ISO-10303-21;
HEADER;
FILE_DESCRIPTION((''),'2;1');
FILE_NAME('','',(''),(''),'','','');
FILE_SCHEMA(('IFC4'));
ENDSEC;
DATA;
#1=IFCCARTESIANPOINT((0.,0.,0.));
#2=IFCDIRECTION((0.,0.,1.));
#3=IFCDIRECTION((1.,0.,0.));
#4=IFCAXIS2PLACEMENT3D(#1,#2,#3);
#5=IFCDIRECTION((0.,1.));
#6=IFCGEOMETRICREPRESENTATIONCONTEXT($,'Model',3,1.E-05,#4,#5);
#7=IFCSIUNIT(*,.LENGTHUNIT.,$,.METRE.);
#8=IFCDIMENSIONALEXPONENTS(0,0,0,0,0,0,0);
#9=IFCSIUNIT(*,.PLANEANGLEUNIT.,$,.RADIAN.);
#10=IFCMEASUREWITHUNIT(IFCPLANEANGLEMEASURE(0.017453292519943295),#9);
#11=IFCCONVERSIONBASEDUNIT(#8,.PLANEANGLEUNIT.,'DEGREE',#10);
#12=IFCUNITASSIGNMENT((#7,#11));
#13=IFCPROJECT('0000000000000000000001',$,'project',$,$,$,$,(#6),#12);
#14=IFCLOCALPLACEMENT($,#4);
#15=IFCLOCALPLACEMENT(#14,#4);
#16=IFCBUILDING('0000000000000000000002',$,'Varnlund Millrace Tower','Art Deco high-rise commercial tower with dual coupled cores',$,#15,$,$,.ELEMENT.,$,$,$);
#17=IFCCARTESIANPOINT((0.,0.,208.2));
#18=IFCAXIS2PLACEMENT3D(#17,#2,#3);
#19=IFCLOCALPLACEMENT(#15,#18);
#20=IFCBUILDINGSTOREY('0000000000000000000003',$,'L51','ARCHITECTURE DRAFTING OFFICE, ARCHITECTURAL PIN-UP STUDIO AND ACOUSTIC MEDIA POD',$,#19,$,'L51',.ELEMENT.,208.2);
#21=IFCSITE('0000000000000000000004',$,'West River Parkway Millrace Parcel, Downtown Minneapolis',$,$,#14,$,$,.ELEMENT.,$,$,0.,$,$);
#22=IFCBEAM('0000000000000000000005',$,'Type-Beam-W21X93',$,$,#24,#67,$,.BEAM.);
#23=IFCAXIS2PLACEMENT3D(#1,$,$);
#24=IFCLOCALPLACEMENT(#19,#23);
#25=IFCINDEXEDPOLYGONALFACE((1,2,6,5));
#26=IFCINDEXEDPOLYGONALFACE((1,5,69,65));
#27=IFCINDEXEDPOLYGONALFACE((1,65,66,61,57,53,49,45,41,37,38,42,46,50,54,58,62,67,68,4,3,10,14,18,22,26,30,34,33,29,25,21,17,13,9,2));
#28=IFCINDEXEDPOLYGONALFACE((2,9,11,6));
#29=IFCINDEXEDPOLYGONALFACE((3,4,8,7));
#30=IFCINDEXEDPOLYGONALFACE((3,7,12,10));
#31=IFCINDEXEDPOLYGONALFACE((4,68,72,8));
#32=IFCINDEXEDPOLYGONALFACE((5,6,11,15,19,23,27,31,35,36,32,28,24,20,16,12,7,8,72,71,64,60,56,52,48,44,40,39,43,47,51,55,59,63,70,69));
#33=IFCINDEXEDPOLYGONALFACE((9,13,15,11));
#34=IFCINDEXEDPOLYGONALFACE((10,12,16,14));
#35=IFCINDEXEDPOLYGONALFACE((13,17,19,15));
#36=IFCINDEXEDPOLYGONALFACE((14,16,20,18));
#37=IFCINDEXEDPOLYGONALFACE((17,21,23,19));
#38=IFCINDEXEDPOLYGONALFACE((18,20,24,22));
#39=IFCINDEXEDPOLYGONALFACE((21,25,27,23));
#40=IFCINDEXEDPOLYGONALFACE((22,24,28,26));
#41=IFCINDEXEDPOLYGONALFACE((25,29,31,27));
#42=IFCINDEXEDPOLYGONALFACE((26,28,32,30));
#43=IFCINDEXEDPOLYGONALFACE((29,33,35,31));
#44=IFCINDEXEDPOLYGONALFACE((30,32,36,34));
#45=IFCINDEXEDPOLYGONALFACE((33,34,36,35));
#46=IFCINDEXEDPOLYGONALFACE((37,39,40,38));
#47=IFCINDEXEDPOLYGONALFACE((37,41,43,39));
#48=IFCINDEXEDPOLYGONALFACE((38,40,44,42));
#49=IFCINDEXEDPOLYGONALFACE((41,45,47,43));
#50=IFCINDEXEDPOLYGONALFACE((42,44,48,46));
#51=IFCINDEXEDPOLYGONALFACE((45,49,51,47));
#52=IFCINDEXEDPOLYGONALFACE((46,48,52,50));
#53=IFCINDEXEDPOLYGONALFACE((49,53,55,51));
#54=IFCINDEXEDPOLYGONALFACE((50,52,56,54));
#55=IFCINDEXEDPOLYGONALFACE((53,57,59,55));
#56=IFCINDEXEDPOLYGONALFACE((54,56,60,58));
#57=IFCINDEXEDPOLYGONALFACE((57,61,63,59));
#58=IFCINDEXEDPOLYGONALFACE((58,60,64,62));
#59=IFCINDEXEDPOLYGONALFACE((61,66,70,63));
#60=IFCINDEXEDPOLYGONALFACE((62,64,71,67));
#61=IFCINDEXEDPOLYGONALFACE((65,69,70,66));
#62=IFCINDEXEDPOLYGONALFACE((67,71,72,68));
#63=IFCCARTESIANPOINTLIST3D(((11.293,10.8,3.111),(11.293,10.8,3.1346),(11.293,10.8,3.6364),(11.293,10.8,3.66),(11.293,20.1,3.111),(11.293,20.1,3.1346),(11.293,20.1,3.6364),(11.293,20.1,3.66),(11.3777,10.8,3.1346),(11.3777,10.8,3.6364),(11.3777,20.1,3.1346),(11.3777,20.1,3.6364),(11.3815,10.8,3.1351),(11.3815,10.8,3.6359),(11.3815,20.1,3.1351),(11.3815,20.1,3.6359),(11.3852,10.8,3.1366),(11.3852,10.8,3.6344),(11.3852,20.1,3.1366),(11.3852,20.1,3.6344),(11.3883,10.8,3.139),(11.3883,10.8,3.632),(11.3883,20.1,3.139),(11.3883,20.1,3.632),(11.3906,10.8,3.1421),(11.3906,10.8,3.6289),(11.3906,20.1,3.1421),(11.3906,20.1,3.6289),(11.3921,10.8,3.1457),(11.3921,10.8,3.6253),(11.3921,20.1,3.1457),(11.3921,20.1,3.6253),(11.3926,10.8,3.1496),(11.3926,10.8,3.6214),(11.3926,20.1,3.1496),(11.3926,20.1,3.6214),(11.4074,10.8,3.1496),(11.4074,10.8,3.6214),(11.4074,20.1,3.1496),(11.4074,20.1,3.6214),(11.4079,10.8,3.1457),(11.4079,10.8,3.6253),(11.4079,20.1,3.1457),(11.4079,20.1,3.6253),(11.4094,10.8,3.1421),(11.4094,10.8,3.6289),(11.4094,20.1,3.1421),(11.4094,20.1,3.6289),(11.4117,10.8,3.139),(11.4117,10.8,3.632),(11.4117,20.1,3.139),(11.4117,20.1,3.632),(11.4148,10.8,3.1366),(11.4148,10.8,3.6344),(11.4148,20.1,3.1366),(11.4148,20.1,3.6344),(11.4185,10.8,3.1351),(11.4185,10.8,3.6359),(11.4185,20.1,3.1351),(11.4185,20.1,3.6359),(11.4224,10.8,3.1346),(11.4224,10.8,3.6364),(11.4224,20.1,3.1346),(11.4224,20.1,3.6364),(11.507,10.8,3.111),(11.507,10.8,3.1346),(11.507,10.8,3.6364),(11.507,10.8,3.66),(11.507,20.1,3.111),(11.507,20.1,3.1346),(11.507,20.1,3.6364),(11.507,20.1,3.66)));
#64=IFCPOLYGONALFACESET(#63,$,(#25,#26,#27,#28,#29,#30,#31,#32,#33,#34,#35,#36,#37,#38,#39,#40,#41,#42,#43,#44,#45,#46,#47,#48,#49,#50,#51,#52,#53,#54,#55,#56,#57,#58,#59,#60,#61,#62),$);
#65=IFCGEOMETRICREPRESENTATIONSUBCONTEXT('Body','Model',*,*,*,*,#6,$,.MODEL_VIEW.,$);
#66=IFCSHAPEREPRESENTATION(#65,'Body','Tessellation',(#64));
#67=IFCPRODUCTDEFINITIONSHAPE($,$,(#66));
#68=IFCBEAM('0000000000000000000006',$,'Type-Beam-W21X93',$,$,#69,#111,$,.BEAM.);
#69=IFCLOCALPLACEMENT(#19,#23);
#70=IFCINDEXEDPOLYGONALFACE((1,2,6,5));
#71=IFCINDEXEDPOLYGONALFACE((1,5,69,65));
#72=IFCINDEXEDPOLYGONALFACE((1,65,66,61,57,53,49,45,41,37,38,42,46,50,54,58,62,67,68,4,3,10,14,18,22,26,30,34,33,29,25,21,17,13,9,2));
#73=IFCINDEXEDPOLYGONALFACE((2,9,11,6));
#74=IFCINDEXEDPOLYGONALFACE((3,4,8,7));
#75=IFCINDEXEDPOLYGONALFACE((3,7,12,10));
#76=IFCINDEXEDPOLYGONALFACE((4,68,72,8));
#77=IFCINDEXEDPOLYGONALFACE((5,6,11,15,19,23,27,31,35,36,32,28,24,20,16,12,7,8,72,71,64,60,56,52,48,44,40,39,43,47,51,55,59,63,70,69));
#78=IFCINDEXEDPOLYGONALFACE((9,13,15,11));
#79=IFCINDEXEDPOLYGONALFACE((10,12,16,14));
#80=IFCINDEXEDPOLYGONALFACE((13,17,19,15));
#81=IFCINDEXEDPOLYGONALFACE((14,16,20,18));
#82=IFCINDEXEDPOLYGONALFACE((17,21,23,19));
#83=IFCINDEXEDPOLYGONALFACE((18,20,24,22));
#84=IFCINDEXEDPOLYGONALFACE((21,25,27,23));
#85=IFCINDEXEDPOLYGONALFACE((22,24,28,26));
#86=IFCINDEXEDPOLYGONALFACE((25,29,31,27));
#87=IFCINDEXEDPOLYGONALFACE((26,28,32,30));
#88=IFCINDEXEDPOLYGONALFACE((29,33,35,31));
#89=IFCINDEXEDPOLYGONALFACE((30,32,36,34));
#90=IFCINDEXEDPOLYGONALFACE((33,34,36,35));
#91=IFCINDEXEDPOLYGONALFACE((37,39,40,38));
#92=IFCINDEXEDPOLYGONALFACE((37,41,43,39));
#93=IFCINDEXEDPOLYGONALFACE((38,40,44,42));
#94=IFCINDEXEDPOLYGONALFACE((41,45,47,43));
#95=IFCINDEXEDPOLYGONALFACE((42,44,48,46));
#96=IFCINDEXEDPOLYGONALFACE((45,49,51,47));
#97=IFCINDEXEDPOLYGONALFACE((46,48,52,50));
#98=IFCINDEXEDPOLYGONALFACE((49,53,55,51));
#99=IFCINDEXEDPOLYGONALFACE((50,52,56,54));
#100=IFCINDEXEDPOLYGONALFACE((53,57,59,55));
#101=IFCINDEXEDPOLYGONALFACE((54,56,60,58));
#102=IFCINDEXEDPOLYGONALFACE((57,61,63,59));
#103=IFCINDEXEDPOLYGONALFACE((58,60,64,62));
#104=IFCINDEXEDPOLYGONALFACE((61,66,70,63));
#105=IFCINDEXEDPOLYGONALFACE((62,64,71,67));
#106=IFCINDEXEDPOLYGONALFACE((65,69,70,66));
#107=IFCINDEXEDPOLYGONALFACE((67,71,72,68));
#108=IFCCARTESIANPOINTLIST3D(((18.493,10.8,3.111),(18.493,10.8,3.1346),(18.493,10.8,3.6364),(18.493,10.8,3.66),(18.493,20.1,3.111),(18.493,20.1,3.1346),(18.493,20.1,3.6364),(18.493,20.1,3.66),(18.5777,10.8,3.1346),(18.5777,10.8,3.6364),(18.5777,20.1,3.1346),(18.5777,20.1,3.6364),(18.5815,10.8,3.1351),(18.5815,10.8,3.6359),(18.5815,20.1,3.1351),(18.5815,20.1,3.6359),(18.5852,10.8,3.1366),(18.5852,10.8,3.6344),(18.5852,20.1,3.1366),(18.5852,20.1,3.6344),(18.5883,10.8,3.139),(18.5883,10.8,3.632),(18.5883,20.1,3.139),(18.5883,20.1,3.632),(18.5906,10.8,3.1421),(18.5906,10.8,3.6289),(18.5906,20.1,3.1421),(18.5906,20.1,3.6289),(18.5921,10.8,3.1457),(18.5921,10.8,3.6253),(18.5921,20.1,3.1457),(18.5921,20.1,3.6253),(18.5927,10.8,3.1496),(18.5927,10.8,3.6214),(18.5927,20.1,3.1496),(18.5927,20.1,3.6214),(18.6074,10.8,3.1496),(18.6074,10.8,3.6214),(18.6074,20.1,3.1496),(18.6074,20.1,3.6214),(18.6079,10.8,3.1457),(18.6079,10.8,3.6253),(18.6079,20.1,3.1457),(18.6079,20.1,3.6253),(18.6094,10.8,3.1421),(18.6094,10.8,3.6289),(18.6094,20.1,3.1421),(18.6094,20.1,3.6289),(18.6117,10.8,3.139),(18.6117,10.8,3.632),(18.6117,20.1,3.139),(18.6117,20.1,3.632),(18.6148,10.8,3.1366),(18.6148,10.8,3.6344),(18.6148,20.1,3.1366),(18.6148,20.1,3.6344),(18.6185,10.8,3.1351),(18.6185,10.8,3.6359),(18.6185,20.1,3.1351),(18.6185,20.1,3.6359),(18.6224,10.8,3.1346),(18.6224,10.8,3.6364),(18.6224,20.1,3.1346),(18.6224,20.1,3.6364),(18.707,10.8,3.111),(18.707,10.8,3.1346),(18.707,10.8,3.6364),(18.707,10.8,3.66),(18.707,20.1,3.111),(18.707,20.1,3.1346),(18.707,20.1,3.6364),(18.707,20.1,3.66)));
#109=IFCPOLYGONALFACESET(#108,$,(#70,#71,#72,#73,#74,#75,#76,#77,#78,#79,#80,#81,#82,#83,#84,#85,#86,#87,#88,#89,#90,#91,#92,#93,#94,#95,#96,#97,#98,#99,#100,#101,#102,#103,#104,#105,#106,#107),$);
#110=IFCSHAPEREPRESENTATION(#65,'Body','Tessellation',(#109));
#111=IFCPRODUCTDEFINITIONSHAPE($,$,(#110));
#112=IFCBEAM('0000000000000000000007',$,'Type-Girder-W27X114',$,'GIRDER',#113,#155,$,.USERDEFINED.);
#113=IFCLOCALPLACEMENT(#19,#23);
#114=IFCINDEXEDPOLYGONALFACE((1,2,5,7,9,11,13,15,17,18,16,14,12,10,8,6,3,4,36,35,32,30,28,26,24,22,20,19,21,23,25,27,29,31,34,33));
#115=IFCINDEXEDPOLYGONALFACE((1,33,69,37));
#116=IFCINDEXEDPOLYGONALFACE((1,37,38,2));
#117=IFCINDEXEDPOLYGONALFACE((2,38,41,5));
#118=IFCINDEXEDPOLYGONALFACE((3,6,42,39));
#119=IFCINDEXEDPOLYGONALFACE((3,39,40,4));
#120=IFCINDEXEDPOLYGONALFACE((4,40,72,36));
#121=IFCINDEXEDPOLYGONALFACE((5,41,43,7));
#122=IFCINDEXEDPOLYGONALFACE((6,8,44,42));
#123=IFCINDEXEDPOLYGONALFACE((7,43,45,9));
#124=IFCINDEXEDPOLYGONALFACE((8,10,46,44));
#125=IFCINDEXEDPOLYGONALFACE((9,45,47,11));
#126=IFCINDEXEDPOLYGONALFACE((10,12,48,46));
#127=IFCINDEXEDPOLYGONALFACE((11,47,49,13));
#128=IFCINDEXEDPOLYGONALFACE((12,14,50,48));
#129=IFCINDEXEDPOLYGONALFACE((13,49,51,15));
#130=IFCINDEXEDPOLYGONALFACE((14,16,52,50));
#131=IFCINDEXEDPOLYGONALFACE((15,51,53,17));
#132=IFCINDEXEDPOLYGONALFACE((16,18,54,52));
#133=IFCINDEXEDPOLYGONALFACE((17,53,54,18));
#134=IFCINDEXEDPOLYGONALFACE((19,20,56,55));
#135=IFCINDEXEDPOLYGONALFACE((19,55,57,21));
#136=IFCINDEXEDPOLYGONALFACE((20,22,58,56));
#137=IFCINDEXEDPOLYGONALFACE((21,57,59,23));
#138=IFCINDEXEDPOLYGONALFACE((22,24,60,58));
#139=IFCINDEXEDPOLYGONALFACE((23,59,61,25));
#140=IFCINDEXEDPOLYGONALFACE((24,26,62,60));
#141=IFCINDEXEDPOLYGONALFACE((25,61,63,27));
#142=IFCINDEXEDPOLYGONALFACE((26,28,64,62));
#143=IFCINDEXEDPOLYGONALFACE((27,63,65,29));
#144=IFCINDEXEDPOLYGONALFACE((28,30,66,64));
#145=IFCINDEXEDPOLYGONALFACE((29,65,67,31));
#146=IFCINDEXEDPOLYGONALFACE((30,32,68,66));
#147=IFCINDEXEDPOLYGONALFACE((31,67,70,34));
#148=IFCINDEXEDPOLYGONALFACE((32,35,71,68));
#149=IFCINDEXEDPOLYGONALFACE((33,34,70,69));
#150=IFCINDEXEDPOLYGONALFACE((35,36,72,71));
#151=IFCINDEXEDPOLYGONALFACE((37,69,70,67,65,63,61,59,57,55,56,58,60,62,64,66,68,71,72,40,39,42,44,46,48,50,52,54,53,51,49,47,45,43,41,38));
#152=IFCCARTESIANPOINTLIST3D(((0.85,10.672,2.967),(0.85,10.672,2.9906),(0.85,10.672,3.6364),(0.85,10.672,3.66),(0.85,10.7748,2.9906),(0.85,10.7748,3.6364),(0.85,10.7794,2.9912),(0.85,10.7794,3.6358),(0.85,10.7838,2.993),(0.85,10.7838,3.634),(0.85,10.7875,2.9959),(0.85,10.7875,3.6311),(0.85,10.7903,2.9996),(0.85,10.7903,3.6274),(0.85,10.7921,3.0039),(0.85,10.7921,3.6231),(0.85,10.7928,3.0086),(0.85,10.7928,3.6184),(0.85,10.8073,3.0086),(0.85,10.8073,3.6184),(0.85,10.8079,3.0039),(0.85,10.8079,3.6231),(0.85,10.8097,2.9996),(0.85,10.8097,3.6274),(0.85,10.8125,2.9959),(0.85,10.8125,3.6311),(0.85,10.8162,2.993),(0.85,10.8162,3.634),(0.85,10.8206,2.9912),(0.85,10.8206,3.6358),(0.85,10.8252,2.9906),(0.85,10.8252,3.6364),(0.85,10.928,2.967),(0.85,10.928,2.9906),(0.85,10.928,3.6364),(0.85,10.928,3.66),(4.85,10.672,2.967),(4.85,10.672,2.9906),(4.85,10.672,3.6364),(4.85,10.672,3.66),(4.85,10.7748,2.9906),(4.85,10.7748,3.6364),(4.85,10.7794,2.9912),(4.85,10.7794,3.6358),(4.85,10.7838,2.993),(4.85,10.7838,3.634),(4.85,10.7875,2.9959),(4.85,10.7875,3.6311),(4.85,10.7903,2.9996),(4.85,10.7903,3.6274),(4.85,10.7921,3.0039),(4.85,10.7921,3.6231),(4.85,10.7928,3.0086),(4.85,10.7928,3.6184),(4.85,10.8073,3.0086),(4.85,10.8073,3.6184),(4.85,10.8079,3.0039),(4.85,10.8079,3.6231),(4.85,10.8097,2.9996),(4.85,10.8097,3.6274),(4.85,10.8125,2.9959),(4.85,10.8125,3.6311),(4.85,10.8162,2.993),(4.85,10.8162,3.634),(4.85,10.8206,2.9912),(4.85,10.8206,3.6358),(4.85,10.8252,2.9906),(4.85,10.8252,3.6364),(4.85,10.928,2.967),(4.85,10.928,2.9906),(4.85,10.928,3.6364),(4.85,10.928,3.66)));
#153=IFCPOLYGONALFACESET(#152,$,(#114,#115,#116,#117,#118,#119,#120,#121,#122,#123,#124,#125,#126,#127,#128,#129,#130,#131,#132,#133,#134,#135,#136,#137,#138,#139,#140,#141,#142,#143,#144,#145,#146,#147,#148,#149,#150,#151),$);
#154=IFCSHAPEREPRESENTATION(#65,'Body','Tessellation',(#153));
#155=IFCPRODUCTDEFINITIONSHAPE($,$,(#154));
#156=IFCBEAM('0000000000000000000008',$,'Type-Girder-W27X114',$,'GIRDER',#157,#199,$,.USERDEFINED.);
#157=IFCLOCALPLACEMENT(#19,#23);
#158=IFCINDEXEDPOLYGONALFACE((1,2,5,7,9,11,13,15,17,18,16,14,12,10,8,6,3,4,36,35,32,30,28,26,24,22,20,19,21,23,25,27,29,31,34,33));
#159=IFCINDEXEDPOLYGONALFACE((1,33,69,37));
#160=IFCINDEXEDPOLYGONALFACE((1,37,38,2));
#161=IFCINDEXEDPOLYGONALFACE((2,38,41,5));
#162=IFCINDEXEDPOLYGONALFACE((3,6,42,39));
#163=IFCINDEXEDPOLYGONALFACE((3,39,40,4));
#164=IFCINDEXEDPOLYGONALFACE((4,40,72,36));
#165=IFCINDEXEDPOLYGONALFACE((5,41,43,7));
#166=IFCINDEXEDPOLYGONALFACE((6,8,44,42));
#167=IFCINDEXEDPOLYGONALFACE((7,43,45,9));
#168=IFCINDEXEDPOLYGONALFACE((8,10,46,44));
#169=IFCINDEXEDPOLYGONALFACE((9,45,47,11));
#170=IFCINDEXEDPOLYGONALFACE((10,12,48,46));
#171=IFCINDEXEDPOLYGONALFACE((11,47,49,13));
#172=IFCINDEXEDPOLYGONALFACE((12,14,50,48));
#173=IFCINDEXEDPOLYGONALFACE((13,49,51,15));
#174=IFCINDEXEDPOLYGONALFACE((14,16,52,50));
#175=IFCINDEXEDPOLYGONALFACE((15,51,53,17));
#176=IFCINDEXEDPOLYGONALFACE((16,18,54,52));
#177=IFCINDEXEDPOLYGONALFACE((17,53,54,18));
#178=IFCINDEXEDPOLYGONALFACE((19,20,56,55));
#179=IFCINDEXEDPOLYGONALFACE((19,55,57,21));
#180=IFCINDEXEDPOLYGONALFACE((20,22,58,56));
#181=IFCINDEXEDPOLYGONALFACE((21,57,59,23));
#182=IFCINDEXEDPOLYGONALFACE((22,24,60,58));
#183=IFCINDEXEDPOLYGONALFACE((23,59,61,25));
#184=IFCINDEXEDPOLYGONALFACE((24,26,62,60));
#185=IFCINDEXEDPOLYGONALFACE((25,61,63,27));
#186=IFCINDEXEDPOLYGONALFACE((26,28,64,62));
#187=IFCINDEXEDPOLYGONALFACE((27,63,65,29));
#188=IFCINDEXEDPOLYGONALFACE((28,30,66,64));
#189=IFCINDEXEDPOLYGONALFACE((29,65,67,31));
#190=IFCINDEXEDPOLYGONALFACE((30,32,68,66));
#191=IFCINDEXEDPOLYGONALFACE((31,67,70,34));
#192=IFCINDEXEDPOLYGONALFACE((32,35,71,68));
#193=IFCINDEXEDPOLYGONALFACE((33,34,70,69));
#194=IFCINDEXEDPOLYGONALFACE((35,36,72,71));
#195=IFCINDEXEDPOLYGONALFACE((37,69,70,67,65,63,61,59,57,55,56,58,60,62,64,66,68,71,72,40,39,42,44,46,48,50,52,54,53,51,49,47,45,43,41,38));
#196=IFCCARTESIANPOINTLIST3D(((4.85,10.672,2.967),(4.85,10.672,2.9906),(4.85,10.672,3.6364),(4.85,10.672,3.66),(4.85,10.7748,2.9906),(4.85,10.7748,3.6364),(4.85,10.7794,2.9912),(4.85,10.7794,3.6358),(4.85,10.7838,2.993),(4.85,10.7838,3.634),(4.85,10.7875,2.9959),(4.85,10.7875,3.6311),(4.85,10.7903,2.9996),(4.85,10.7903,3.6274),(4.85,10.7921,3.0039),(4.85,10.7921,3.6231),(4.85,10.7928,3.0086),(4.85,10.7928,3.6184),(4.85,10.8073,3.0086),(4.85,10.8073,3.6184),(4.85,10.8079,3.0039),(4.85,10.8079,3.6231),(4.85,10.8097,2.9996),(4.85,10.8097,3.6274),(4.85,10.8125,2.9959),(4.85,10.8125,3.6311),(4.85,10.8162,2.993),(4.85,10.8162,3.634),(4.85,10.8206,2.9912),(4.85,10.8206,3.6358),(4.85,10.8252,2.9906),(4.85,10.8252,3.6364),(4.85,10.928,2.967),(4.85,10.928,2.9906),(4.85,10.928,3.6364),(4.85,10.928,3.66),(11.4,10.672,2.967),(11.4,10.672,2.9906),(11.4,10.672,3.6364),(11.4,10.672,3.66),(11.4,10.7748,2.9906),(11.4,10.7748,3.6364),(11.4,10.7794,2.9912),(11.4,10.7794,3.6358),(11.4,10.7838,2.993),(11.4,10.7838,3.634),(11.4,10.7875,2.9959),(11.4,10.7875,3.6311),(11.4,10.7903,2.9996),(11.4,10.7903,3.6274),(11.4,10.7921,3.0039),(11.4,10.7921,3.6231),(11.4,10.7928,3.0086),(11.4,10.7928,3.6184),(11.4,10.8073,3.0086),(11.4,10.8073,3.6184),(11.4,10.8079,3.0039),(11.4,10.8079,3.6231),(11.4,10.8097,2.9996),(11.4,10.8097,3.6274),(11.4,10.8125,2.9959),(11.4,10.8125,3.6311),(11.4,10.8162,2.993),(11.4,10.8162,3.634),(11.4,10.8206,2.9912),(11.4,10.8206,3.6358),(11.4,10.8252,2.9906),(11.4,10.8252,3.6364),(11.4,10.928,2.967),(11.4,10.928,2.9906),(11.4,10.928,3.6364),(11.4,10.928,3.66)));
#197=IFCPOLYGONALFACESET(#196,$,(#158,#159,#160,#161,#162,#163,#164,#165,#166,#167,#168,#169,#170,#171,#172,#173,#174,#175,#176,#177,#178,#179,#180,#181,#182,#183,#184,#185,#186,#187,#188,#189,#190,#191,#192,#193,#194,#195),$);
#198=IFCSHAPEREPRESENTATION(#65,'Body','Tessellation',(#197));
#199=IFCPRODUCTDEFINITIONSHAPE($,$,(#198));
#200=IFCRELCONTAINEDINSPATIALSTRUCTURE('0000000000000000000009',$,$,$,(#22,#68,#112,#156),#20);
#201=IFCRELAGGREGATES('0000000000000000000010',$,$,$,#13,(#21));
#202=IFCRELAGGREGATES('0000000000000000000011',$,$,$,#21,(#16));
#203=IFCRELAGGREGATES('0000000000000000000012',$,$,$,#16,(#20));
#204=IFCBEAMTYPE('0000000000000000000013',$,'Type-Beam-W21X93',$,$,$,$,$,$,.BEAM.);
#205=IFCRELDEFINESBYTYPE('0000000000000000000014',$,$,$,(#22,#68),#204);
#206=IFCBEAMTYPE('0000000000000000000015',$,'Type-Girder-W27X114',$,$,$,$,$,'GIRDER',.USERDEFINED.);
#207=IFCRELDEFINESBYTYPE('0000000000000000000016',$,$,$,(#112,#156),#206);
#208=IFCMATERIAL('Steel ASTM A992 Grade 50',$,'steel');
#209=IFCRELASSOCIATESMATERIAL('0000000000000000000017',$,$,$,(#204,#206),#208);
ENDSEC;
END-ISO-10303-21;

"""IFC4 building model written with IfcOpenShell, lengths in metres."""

from ifc_helpers import new_model, entity, si_unit, converted_unit, direction, frame, origin_with_axes, origin_2d_with_axis, place, context, subcontext, project, spatial, i_section, extrude, material, material_profile, profile_set, type_object, element, save


model = new_model("IFC4")

# Units and contexts
model_context = context("Model", 3, precision=1e-05, world=origin_with_axes(), true_north=direction((0.0, 1.0)))
body_context = subcontext(model_context, "Body", "Model", "MODEL_VIEW")
ifc_project = project(units=[si_unit("LENGTHUNIT", "METRE"), converted_unit("PLANEANGLEUNIT", "DEGREE", entity("IfcPlaneAngleMeasure", 0.017453292519943295), si_unit("PLANEANGLEUNIT", "RADIAN"), dimensions=[0, 0, 0, 0, 0, 0, 0])], contexts=[model_context])

# Site, building, storey
site_placement = place(None, origin_with_axes())
site = spatial("IfcSite", under=ifc_project, at=site_placement, Name="West River Parkway Millrace Parcel, Downtown Minneapolis", CompositionType="ELEMENT", RefElevation=0.0)
building_placement = place(site_placement, origin_with_axes())
building = spatial("IfcBuilding", under=site, at=building_placement, Name="Varnlund Millrace Tower", Description="Art Deco high-rise commercial tower with dual coupled cores", CompositionType="ELEMENT")
storey_placement = place(building_placement, frame((0.0, 0.0, 208.2), z_axis=(0.0, 0.0, 1.0), x_axis=(1.0, 0.0, 0.0)))
storey = spatial("IfcBuildingStorey", under=building, at=storey_placement, Name="L51", Description="ARCHITECTURE DRAFTING OFFICE, ARCHITECTURAL PIN-UP STUDIO AND ACOUSTIC MEDIA POD", LongName="L51", CompositionType="ELEMENT", Elevation=208.2)

# Beams
ifc_material_1 = material(Name="Steel ASTM A992 Grade 50", Category="steel")
ifc_material_profile_1 = material_profile(ifc_material_1, i_section(OverallWidth=0.214, OverallDepth=0.549, WebThickness=0.0147, FlangeThickness=0.0236, FilletRadius=0.015, at=origin_2d_with_axis()), Name="Steel ASTM A992 Grade 50")
ifc_profile_set_1 = profile_set([ifc_material_profile_1], Name="Steel ASTM A992 Grade 50")
beam_type_1 = type_object("IfcBeamType", Name="Type-Beam-W21X93", PredefinedType="BEAM", material=ifc_profile_set_1)
for number, where, z_axis, x_axis, name in (
    (1, (11.4, 10.8, 3.3855), (0.0, 1.0, 0.0), (-1.0, 0.0, 0.0), "Type-Beam-W21X93"),
    (2, (18.6, 10.8, 3.3855), (0.0, 1.0, 0.0), (-1.0, 0.0, 0.0), "Type-Beam-W21X93"),
):
    element("IfcBeam", number, at=place(storey_placement, frame(where, z_axis=z_axis, x_axis=x_axis)), inside=storey, type_object=beam_type_1, Name=name, PredefinedType="BEAM", context=body_context, shape_type="SweptSolid", body=[
        extrude(i_section(OverallWidth=0.214, OverallDepth=0.549, WebThickness=0.0147, FlangeThickness=0.0236, FilletRadius=0.015, at=origin_2d_with_axis()), origin_with_axes(), (0.0, 0.0, 1.0), 9.3),
    ])
ifc_material_profile_2 = material_profile(ifc_material_1, i_section(OverallWidth=0.256, OverallDepth=0.693, WebThickness=0.0145, FlangeThickness=0.0236, FilletRadius=0.018, at=origin_2d_with_axis()), Name="Steel ASTM A992 Grade 50")
ifc_profile_set_2 = profile_set([ifc_material_profile_2], Name="Steel ASTM A992 Grade 50")
beam_type_2 = type_object("IfcBeamType", Name="Type-Girder-W27X114", ElementType="GIRDER", PredefinedType="USERDEFINED", material=ifc_profile_set_2)
beam_1_placement = place(storey_placement, frame((0.85, 10.8, 3.3135), z_axis=(1.0, 0.0, 0.0), x_axis=(0.0, 1.0, 0.0)))
element("IfcBeam", 3, at=beam_1_placement, inside=storey, type_object=beam_type_2, Name="Type-Girder-W27X114", ObjectType="GIRDER", PredefinedType="USERDEFINED", context=body_context, shape_type="SweptSolid", body=[
    extrude(i_section(OverallWidth=0.256, OverallDepth=0.693, WebThickness=0.0145, FlangeThickness=0.0236, FilletRadius=0.018, at=origin_2d_with_axis()), origin_with_axes(), (0.0, 0.0, 1.0), 4.0),
])
beam_2_placement = place(storey_placement, frame((4.85, 10.8, 3.3135), z_axis=(1.0, 0.0, 0.0), x_axis=(0.0, 1.0, 0.0)))
element("IfcBeam", 4, at=beam_2_placement, inside=storey, type_object=beam_type_2, Name="Type-Girder-W27X114", ObjectType="GIRDER", PredefinedType="USERDEFINED", context=body_context, shape_type="SweptSolid", body=[
    extrude(i_section(OverallWidth=0.256, OverallDepth=0.693, WebThickness=0.0145, FlangeThickness=0.0236, FilletRadius=0.018, at=origin_2d_with_axis()), origin_with_axes(), (0.0, 0.0, 1.0), 6.55),
])

save(model, "model.ifc")
